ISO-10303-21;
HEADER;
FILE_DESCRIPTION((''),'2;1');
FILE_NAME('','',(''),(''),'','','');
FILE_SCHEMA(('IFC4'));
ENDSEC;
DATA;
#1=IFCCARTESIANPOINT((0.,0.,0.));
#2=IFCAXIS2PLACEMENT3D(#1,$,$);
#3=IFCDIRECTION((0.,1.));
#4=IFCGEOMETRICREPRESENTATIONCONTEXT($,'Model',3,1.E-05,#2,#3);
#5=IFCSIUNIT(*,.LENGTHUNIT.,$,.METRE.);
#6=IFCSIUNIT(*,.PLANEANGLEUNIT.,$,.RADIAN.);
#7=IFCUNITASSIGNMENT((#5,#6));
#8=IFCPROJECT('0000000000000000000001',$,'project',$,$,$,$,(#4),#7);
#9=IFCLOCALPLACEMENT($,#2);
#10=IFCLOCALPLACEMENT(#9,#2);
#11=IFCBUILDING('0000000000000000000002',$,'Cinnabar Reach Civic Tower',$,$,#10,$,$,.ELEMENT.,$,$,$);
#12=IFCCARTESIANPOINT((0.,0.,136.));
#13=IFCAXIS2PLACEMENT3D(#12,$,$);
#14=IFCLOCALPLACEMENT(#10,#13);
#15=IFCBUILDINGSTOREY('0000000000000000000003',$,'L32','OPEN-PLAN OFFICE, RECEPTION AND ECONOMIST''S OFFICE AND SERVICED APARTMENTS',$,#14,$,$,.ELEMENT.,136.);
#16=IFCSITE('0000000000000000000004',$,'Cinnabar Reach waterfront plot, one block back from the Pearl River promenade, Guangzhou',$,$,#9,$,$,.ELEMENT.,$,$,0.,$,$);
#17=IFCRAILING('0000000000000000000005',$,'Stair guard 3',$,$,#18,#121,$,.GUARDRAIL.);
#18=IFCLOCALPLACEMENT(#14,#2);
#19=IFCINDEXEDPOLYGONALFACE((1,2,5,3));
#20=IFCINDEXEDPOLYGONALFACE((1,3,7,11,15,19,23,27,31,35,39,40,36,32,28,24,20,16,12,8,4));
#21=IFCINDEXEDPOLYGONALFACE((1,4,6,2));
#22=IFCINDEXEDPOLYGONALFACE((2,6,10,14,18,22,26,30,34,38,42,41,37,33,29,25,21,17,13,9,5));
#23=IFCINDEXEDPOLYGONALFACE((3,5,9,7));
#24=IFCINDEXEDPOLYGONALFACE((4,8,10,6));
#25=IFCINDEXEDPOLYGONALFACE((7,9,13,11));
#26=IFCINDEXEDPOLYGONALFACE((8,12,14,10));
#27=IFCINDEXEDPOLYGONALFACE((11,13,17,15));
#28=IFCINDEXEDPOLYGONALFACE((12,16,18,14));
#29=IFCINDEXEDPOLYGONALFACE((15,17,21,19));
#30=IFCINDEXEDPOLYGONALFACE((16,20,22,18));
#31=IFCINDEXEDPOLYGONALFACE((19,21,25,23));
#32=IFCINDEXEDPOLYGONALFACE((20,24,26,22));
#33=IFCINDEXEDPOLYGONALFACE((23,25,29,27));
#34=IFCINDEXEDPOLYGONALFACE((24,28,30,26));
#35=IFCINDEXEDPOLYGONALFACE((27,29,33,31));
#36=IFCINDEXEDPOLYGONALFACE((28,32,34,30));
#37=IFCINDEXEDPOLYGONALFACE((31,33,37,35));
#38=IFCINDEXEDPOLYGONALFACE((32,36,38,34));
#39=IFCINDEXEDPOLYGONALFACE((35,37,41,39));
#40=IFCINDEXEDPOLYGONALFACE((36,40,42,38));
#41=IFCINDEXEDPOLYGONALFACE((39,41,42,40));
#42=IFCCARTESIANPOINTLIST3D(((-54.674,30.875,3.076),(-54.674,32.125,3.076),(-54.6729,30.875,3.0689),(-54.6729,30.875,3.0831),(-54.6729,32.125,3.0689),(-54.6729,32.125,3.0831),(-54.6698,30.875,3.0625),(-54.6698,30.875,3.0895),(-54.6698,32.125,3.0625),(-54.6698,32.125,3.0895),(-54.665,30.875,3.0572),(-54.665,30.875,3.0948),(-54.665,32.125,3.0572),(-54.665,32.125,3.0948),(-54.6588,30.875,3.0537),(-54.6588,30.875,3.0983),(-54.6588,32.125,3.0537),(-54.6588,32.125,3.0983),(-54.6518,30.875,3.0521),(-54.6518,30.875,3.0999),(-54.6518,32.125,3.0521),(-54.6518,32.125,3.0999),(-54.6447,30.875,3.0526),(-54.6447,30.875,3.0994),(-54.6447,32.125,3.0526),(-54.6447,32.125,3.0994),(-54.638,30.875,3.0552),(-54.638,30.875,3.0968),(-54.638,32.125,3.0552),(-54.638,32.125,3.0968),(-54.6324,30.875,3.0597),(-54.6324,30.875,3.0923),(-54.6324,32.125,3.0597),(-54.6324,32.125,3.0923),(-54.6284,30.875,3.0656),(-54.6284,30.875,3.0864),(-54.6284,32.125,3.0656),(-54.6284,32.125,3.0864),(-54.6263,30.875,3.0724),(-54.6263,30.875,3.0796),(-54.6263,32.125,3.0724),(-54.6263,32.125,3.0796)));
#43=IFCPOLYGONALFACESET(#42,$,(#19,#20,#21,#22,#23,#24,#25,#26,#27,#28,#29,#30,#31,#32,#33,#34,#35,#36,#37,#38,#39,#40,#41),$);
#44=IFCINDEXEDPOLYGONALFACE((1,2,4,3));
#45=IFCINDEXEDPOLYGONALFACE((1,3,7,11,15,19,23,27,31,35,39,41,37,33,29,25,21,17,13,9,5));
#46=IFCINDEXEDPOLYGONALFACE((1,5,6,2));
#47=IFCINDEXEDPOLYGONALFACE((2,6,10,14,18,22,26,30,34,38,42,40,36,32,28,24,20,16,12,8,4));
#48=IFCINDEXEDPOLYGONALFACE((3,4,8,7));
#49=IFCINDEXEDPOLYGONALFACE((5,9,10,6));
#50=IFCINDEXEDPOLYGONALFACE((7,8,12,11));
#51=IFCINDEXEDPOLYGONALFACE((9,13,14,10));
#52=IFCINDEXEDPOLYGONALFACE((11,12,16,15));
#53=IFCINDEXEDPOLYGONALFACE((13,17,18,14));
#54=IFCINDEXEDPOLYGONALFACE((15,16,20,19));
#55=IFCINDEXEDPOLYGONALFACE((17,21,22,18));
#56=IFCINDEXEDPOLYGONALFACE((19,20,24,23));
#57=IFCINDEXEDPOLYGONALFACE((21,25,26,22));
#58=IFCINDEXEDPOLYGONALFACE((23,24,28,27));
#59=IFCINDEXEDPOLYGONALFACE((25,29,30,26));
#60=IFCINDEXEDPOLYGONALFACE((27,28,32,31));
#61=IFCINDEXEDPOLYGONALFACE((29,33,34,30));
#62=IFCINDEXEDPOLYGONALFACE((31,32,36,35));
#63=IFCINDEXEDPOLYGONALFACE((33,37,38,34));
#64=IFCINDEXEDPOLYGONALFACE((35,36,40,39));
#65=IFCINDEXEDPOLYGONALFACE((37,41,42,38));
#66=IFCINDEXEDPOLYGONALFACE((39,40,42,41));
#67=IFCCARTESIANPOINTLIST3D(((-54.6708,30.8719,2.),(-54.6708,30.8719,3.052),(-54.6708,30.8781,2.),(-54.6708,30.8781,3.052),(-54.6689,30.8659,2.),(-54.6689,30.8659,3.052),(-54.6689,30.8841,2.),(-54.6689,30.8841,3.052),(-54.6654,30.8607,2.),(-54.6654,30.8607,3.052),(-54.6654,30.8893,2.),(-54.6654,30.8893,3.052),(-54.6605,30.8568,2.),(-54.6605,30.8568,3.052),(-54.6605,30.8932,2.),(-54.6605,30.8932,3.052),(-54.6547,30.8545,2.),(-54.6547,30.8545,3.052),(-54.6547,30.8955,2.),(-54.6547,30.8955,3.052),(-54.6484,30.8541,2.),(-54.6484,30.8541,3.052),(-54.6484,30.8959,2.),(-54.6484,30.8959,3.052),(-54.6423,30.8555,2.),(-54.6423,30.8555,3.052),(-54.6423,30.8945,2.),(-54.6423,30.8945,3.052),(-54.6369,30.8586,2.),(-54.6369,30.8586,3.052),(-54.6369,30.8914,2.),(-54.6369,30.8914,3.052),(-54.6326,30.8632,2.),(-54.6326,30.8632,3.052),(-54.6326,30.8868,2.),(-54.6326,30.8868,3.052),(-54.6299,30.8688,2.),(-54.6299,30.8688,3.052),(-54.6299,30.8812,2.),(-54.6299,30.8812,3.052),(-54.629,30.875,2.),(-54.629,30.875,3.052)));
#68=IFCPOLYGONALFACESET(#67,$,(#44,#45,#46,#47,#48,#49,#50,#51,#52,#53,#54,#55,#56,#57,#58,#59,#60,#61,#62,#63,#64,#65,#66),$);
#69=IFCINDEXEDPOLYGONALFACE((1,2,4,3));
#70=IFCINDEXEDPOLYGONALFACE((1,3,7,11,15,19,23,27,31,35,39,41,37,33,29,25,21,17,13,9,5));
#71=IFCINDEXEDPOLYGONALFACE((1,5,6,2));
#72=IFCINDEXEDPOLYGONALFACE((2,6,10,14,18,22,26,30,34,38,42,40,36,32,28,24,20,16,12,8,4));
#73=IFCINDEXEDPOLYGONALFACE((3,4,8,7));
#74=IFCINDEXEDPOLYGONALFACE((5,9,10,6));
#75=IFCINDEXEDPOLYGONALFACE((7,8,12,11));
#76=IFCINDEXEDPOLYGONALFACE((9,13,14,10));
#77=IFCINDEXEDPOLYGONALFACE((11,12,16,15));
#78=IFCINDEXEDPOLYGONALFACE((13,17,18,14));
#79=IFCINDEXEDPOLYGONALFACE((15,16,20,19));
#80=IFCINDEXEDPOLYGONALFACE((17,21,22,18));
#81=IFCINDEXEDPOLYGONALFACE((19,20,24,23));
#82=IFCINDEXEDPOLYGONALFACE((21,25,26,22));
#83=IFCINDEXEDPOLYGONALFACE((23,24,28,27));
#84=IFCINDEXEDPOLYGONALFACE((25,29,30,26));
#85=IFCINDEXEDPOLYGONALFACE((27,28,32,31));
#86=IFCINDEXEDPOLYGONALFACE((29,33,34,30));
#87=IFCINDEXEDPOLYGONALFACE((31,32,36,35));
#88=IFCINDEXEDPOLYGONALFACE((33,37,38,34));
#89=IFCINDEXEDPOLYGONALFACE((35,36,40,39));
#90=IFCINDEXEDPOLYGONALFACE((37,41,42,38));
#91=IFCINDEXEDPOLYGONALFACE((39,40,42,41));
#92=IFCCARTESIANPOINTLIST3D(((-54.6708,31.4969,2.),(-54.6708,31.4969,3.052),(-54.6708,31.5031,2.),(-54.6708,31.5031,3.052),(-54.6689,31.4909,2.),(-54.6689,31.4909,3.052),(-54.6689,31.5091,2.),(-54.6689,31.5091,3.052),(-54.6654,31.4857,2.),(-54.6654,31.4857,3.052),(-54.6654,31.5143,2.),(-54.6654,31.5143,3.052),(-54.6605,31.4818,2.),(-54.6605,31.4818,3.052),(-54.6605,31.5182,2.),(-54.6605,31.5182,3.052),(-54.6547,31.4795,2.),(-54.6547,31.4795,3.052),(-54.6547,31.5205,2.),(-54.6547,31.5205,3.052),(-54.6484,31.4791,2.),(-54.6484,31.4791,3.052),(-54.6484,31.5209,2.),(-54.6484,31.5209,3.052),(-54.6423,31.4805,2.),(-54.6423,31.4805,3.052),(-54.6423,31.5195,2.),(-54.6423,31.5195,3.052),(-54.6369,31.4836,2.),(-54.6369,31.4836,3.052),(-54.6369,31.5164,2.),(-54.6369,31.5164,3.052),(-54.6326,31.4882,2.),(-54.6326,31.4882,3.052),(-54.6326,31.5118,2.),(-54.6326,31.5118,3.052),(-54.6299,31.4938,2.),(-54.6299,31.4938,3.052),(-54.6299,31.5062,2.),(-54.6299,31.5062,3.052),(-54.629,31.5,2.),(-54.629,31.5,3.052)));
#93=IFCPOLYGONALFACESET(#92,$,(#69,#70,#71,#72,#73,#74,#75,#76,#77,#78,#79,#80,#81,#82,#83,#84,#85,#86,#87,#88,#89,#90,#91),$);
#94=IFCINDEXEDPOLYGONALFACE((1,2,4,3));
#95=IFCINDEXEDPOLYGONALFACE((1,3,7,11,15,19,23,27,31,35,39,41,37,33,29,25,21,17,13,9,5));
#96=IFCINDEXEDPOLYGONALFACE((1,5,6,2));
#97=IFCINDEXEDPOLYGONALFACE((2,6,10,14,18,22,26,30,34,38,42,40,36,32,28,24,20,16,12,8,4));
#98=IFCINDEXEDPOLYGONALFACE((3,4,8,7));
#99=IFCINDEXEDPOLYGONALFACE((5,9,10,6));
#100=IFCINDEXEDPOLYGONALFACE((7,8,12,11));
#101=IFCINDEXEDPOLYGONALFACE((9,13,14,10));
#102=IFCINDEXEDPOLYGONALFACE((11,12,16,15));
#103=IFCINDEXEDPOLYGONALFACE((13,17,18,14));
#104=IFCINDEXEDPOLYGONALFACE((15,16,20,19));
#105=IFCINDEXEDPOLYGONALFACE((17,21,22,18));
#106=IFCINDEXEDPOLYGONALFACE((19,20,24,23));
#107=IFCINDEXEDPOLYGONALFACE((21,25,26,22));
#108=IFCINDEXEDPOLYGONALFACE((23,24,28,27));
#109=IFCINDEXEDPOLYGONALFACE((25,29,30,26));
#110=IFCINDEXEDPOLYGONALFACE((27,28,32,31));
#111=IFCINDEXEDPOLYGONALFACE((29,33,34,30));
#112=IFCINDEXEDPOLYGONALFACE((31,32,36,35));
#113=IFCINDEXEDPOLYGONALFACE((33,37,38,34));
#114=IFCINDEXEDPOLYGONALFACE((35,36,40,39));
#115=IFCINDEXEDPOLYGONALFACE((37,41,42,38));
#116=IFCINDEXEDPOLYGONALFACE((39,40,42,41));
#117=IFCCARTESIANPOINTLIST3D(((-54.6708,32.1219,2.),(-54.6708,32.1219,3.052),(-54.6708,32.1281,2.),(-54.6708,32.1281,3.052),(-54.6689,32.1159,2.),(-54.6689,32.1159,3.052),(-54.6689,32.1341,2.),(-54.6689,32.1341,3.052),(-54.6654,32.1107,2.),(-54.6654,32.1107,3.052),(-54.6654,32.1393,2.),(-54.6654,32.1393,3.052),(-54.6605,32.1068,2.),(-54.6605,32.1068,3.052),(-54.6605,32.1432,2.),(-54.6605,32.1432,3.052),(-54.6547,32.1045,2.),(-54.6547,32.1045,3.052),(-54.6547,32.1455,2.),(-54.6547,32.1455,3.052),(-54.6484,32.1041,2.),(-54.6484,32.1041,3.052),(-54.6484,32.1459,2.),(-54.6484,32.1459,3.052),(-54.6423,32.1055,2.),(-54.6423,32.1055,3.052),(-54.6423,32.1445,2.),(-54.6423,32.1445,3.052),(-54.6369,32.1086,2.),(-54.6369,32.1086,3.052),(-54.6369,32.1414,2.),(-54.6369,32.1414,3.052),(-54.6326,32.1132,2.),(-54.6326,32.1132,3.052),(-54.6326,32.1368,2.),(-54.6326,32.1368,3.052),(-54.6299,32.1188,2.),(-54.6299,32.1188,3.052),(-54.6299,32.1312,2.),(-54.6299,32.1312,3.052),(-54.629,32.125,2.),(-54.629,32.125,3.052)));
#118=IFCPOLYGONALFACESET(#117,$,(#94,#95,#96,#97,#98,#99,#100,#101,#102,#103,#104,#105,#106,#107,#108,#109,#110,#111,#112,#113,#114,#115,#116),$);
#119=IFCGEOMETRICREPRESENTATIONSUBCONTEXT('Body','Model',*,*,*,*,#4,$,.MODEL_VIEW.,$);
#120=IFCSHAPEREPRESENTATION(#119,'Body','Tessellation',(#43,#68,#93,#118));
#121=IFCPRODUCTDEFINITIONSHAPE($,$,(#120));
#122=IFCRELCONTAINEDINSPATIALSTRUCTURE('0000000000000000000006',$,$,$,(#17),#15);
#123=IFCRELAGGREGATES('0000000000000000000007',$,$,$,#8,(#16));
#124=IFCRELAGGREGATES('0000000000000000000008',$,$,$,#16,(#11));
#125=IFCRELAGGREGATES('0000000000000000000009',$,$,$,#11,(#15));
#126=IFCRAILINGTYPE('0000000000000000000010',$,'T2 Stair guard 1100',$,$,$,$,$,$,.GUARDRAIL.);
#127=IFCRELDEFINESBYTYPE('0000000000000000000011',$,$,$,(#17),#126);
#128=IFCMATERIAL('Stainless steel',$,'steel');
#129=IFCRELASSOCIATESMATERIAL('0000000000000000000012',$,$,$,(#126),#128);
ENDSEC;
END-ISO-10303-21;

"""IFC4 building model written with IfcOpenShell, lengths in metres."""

from ifc_helpers import new_model, si_unit, direction, frame, origin, origin_2d, place, context, subcontext, project, spatial, circle, extrude, material, type_object, element, save


model = new_model("IFC4")

# Units and contexts
model_context = context("Model", 3, precision=1e-05, world=origin(), true_north=direction((0.0, 1.0)))
body_context = subcontext(model_context, "Body", "Model", "MODEL_VIEW")
ifc_project = project(units=[si_unit("LENGTHUNIT", "METRE"), si_unit("PLANEANGLEUNIT", "RADIAN")], contexts=[model_context])

# Site, building, storey
site_placement = place(None, origin())
site = spatial("IfcSite", under=ifc_project, at=site_placement, Name="Cinnabar Reach waterfront plot, one block back from the Pearl River promenade, Guangzhou", CompositionType="ELEMENT", RefElevation=0.0)
building_placement = place(site_placement, origin())
building = spatial("IfcBuilding", under=site, at=building_placement, Name="Cinnabar Reach Civic Tower", CompositionType="ELEMENT")
storey_placement = place(building_placement, frame((0.0, 0.0, 136.0)))
storey = spatial("IfcBuildingStorey", under=building, at=storey_placement, Name="L32", Description="OPEN-PLAN OFFICE, RECEPTION AND ECONOMIST'S OFFICE AND SERVICED APARTMENTS", CompositionType="ELEMENT", Elevation=136.0)

# Railing
ifc_material_1 = material(Name="Stainless steel", Category="steel")
railing_type = type_object("IfcRailingType", Name="T2 Stair guard 1100", PredefinedType="GUARDRAIL", material=ifc_material_1)
railing_1_placement = place(storey_placement, frame((-54.65, 30.875, 2.0)))
element("IfcRailing", 1, at=railing_1_placement, inside=storey, type_object=railing_type, Name="Stair guard 3", PredefinedType="GUARDRAIL", context=body_context, shape_type="SweptSolid", body=[
    extrude(circle(Radius=0.024, at=origin_2d()), frame((0.0, 0.0, 1.076), z_axis=(0.0, 1.0, 0.0), x_axis=(-1.0, 0.0, 0.0)), (0.0, 0.0, 1.0), 1.25),
    extrude(circle(Radius=0.021, at=origin_2d()), origin(), (0.0, 0.0, 1.0), 1.052),
    extrude(circle(Radius=0.021, at=origin_2d()), frame((0.0, 0.625, 0.0)), (0.0, 0.0, 1.0), 1.052),
    extrude(circle(Radius=0.021, at=origin_2d()), frame((0.0, 1.25, 0.0)), (0.0, 0.0, 1.0), 1.052),
])

save(model, "model.ifc")
